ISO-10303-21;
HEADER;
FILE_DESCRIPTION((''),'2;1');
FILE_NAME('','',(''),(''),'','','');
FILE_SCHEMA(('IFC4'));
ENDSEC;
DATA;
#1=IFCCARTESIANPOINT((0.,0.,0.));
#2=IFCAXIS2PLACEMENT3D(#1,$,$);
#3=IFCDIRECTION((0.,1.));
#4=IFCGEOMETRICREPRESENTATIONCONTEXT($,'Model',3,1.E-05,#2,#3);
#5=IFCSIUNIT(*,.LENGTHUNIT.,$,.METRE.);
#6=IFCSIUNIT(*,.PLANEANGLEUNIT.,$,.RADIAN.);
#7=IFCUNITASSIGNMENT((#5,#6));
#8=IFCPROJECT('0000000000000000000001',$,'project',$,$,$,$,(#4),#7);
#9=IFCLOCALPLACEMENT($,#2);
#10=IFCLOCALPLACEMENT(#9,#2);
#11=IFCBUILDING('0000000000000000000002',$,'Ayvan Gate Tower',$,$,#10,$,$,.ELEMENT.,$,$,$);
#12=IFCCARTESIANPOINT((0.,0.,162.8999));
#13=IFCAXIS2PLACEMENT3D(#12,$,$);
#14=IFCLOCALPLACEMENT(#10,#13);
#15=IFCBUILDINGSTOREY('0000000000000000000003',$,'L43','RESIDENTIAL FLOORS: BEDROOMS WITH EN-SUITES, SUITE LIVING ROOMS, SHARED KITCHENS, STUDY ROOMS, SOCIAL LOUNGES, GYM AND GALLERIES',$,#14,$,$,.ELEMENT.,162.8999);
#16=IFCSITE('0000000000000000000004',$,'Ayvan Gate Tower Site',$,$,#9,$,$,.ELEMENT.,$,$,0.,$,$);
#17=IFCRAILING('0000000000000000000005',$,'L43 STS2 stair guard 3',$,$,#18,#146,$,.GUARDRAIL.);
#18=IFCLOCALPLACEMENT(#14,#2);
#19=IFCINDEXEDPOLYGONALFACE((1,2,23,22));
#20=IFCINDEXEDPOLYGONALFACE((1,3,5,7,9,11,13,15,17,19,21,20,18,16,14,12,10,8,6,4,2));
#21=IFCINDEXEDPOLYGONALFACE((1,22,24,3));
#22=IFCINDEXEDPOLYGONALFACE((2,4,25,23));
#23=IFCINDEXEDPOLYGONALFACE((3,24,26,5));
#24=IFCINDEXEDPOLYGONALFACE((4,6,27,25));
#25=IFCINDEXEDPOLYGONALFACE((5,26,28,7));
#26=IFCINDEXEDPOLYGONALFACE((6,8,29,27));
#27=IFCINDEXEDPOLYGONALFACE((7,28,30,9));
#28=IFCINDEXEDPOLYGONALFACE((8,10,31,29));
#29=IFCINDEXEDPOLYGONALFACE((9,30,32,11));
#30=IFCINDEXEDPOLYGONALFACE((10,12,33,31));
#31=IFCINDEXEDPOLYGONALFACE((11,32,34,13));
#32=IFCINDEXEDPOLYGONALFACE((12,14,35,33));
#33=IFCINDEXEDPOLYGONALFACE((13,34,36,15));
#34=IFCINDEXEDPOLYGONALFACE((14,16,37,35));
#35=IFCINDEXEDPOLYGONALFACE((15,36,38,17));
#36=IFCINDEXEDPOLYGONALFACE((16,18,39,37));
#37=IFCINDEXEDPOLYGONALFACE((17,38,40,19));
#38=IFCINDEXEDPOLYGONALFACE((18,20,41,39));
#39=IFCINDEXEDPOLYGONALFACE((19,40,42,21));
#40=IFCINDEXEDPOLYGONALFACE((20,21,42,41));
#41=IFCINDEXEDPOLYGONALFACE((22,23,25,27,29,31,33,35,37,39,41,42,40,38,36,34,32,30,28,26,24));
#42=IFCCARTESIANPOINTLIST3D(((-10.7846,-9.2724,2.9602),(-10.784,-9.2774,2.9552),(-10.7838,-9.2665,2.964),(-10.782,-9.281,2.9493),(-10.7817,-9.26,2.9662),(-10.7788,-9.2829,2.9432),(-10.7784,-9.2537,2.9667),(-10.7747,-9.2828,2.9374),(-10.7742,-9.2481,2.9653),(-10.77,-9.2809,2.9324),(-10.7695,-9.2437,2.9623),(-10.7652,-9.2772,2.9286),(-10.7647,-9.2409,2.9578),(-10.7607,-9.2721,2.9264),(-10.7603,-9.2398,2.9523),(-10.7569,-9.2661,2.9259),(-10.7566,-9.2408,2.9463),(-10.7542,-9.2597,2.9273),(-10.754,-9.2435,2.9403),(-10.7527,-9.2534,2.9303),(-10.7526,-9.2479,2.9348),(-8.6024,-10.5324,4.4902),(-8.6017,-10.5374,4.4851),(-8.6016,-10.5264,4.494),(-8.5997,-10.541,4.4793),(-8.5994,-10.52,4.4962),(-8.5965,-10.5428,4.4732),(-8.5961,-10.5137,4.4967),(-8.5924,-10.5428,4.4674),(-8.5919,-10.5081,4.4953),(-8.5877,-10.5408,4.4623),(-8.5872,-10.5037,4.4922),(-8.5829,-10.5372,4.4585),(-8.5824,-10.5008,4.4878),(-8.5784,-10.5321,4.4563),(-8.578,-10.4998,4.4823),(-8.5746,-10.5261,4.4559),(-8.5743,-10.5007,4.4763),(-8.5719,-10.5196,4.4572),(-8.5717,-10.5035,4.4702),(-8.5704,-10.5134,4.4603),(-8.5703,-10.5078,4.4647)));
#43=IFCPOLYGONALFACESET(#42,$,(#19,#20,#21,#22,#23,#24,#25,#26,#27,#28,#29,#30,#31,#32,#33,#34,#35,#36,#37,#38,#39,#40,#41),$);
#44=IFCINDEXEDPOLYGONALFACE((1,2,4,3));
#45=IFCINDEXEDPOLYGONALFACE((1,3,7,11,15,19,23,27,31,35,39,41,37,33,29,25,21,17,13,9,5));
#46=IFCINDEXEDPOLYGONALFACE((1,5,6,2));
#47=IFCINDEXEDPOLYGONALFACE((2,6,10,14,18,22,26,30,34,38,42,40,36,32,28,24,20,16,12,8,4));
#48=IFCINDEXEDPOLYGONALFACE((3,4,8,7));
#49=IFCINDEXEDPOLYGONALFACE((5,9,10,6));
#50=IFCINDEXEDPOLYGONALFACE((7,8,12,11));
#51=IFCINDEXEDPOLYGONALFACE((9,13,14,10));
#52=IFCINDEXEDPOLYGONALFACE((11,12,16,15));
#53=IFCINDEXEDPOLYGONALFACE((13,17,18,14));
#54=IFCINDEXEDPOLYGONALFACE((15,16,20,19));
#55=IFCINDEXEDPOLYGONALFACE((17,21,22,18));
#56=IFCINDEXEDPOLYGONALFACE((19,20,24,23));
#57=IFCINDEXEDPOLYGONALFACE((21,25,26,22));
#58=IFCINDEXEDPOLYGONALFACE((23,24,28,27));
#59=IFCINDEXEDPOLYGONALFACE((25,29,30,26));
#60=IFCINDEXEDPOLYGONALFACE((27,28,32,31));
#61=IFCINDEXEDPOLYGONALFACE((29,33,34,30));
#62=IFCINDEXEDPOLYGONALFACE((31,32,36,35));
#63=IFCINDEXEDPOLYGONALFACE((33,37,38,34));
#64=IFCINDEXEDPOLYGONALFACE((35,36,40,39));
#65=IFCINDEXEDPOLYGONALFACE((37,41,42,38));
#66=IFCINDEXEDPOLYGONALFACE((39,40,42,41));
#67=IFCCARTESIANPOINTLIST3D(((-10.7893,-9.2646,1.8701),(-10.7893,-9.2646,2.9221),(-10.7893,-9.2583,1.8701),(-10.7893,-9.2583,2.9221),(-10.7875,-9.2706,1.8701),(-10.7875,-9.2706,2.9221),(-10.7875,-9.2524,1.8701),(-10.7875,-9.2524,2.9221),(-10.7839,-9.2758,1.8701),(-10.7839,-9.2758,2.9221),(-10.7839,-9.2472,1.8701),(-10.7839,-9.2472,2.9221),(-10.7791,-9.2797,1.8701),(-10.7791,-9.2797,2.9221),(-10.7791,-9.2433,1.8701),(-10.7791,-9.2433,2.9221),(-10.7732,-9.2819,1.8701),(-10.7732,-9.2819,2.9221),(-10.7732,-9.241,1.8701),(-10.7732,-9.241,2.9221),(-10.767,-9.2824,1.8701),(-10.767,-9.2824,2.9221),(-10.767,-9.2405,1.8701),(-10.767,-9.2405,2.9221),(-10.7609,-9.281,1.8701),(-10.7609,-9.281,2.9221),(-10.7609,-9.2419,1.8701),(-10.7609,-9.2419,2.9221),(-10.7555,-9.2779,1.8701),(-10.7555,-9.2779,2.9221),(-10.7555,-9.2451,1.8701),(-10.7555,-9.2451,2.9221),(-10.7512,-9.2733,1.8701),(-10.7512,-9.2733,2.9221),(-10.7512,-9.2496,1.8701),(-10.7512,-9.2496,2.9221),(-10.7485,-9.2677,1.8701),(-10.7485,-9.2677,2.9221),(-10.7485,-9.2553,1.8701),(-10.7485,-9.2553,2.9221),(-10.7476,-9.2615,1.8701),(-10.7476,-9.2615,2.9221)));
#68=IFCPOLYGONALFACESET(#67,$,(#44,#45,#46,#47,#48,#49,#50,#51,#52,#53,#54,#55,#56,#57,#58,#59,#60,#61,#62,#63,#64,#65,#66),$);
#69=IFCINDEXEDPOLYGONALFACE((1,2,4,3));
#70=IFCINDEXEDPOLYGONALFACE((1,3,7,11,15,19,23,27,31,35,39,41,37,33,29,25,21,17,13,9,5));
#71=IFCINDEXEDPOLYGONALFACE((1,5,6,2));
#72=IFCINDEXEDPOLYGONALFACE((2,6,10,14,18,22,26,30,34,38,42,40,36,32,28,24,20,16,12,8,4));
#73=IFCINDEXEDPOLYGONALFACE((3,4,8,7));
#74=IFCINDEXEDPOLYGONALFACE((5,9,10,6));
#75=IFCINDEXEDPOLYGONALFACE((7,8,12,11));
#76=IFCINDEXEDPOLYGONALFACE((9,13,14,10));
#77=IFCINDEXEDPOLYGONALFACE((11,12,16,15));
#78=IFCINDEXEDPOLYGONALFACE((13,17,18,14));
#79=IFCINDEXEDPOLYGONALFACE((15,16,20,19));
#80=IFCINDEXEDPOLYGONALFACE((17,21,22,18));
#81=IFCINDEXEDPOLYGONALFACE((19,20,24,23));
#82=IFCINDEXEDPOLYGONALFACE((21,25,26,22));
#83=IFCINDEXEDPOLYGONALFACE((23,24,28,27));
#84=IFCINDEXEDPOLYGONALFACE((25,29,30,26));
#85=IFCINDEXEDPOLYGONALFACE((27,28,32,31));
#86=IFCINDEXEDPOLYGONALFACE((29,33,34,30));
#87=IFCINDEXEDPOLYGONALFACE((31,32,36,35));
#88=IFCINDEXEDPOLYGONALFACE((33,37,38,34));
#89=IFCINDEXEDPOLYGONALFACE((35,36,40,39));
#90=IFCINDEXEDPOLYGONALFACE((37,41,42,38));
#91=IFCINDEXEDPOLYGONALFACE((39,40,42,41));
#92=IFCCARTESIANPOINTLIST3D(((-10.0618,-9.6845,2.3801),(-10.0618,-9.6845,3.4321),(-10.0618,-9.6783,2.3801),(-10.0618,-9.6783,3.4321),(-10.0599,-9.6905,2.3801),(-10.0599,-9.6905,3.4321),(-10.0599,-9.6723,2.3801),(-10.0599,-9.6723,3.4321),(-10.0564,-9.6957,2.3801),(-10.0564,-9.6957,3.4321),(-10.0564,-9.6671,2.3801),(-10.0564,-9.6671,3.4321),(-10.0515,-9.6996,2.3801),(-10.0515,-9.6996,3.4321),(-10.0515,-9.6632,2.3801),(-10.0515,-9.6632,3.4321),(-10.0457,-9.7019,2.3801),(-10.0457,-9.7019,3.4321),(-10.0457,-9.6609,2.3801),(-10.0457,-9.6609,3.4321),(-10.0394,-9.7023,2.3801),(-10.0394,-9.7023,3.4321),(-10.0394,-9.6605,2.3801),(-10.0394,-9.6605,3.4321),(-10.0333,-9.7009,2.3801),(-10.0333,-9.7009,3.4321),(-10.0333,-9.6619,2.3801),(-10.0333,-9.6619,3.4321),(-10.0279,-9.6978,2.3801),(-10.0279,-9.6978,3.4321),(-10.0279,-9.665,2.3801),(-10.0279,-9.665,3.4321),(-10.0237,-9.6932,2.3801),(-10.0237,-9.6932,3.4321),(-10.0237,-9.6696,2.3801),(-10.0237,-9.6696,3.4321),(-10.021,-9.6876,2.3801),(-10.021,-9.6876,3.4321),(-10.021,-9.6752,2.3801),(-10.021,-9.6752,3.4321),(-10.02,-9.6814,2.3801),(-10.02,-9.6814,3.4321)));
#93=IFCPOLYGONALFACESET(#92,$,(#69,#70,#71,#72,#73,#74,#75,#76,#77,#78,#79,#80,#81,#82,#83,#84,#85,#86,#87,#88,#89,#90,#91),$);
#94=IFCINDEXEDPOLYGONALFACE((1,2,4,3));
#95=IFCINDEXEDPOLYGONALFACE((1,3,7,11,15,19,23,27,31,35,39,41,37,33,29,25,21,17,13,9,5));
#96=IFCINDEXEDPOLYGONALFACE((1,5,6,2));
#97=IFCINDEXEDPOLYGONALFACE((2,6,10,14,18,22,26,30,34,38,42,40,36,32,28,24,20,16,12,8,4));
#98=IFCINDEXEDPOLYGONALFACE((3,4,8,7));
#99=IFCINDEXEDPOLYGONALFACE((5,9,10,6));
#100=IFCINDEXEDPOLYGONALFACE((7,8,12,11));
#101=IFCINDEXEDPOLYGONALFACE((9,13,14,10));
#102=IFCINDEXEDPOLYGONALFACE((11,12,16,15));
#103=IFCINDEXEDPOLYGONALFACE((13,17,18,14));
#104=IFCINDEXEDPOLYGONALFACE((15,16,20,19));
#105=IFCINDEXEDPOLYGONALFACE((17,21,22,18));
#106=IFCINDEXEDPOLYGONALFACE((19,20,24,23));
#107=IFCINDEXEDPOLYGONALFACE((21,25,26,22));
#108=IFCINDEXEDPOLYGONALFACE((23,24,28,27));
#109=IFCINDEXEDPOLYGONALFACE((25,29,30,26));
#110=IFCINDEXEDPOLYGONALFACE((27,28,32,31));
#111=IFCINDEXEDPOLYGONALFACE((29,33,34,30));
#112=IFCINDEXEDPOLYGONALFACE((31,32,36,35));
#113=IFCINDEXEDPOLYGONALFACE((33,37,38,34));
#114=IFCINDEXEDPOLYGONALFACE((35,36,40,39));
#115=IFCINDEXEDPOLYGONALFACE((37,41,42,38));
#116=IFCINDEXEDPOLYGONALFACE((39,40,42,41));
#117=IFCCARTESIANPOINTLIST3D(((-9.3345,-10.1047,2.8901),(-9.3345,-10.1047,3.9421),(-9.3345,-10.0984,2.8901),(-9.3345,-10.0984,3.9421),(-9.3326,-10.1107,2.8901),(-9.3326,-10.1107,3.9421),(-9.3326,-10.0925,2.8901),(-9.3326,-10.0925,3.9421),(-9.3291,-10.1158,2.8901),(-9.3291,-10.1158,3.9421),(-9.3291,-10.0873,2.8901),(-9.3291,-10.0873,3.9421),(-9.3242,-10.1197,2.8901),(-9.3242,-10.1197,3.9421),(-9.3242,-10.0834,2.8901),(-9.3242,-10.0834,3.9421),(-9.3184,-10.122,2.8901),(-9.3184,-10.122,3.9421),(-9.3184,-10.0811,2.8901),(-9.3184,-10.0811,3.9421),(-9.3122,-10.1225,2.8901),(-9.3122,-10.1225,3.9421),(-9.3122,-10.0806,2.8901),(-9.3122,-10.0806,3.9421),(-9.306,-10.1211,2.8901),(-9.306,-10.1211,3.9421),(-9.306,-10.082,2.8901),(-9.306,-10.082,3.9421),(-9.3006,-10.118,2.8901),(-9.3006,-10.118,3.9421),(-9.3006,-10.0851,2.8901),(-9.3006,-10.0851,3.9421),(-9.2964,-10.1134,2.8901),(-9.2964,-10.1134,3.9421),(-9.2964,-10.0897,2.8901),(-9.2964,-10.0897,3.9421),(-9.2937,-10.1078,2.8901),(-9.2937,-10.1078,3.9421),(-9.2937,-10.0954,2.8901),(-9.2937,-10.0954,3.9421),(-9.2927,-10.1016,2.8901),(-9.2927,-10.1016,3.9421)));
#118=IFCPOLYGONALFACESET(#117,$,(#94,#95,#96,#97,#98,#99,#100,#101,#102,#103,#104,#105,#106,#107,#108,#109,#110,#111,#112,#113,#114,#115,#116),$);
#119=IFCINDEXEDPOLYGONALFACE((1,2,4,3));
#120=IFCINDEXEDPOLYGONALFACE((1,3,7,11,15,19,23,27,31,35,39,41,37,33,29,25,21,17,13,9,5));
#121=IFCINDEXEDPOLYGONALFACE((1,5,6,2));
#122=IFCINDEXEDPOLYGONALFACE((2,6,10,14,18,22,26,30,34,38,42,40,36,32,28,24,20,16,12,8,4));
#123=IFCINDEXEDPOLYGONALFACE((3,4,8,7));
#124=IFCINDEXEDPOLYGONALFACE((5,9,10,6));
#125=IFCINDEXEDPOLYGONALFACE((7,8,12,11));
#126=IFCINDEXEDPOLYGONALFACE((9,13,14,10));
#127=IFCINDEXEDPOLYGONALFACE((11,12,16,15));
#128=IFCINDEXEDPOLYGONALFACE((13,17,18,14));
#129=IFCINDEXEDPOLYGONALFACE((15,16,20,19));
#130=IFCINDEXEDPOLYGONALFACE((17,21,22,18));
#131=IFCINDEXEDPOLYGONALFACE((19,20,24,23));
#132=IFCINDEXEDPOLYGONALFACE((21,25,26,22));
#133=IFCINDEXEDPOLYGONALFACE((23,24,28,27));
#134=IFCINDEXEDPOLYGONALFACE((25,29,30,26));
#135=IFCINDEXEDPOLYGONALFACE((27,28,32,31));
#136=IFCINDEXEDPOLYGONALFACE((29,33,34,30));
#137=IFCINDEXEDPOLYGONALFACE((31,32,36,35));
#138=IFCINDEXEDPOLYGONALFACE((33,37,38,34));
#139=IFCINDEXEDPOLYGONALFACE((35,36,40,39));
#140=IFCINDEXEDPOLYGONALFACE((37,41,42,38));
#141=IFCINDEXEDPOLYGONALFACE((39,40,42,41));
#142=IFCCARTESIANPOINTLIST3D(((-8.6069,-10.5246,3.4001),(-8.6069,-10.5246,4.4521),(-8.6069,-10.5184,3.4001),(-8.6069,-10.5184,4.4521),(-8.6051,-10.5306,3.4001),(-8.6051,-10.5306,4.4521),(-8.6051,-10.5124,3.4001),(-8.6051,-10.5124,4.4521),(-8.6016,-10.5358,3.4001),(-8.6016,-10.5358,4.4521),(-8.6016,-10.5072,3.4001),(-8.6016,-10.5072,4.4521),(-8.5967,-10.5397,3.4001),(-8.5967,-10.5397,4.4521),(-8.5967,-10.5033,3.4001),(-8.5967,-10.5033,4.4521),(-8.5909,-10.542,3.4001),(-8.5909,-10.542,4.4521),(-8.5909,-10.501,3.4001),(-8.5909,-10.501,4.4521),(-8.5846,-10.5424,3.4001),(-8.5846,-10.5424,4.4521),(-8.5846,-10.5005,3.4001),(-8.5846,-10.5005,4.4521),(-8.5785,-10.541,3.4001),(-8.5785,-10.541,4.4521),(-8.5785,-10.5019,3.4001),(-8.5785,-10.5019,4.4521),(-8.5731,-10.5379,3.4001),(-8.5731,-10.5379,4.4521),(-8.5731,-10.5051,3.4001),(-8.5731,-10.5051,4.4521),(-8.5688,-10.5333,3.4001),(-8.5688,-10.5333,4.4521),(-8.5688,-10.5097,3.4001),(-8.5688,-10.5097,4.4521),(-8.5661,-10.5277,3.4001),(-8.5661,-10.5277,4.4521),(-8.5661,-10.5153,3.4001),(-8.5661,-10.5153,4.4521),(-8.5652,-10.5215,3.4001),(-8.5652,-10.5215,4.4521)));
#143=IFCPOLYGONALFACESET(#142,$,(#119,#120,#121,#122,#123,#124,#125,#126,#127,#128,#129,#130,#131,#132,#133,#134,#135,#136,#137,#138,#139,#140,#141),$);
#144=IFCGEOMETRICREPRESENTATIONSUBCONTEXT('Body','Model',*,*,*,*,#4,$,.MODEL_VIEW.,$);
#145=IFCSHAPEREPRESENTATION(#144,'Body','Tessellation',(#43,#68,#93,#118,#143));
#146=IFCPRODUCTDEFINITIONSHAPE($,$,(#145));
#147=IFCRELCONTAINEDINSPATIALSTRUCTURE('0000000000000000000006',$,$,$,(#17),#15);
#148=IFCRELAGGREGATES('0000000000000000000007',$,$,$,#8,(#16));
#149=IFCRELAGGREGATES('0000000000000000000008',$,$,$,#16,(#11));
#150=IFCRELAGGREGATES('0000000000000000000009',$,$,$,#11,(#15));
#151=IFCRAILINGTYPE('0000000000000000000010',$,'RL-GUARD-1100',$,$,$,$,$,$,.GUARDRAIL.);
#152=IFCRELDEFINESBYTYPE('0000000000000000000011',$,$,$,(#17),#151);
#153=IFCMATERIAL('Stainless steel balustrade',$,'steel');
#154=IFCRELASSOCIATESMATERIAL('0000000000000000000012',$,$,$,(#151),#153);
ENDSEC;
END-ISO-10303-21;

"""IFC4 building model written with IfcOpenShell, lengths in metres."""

from ifc_helpers import new_model, si_unit, direction, frame, origin, origin_2d, place, context, subcontext, project, spatial, circle, extrude, material, type_object, element, save


model = new_model("IFC4")

# Units and contexts
model_context = context("Model", 3, precision=1e-05, world=origin(), true_north=direction((0.0, 1.0)))
body_context = subcontext(model_context, "Body", "Model", "MODEL_VIEW")
ifc_project = project(units=[si_unit("LENGTHUNIT", "METRE"), si_unit("PLANEANGLEUNIT", "RADIAN")], contexts=[model_context])

# Site, building, storey
site_placement = place(None, origin())
site = spatial("IfcSite", under=ifc_project, at=site_placement, Name="Ayvan Gate Tower Site", CompositionType="ELEMENT", RefElevation=0.0)
building_placement = place(site_placement, origin())
building = spatial("IfcBuilding", under=site, at=building_placement, Name="Ayvan Gate Tower", CompositionType="ELEMENT")
storey_placement = place(building_placement, frame((0.0, 0.0, 162.8999)))
storey = spatial("IfcBuildingStorey", under=building, at=storey_placement, Name="L43", Description="RESIDENTIAL FLOORS: BEDROOMS WITH EN-SUITES, SUITE LIVING ROOMS, SHARED KITCHENS, STUDY ROOMS, SOCIAL LOUNGES, GYM AND GALLERIES", CompositionType="ELEMENT", Elevation=162.8999)

# Railing
ifc_material_1 = material(Name="Stainless steel balustrade", Category="steel")
railing_type_1 = type_object("IfcRailingType", Name="RL-GUARD-1100", PredefinedType="GUARDRAIL", material=ifc_material_1)
railing_1_placement = place(storey_placement, frame((-10.7686, -9.2615, 1.8701)))
element("IfcRailing", 1, at=railing_1_placement, inside=storey, type_object=railing_type_1, Name="L43 STS2 stair guard 3", PredefinedType="GUARDRAIL", context=body_context, shape_type="SweptSolid", body=[
    extrude(circle(Radius=0.0239, at=origin_2d()), frame((0.0, 0.0, 1.0762), z_axis=(0.740261, -0.427395, 0.518986), x_axis=(0.500005, 0.866023, 0.0)), (0.0, 0.0, 1.0), 2.948),
    extrude(circle(Radius=0.021, at=origin_2d()), origin(), (0.0, 0.0, 1.0), 1.052),
    extrude(circle(Radius=0.021, at=origin_2d()), frame((0.7275, -0.4199, 0.51)), (0.0, 0.0, 1.0), 1.052),
    extrude(circle(Radius=0.021, at=origin_2d()), frame((1.4548, -0.8401, 1.02)), (0.0, 0.0, 1.0), 1.052),
    extrude(circle(Radius=0.021, at=origin_2d()), frame((2.1824, -1.26, 1.53)), (0.0, 0.0, 1.0), 1.052),
])

save(model, "model.ifc")
